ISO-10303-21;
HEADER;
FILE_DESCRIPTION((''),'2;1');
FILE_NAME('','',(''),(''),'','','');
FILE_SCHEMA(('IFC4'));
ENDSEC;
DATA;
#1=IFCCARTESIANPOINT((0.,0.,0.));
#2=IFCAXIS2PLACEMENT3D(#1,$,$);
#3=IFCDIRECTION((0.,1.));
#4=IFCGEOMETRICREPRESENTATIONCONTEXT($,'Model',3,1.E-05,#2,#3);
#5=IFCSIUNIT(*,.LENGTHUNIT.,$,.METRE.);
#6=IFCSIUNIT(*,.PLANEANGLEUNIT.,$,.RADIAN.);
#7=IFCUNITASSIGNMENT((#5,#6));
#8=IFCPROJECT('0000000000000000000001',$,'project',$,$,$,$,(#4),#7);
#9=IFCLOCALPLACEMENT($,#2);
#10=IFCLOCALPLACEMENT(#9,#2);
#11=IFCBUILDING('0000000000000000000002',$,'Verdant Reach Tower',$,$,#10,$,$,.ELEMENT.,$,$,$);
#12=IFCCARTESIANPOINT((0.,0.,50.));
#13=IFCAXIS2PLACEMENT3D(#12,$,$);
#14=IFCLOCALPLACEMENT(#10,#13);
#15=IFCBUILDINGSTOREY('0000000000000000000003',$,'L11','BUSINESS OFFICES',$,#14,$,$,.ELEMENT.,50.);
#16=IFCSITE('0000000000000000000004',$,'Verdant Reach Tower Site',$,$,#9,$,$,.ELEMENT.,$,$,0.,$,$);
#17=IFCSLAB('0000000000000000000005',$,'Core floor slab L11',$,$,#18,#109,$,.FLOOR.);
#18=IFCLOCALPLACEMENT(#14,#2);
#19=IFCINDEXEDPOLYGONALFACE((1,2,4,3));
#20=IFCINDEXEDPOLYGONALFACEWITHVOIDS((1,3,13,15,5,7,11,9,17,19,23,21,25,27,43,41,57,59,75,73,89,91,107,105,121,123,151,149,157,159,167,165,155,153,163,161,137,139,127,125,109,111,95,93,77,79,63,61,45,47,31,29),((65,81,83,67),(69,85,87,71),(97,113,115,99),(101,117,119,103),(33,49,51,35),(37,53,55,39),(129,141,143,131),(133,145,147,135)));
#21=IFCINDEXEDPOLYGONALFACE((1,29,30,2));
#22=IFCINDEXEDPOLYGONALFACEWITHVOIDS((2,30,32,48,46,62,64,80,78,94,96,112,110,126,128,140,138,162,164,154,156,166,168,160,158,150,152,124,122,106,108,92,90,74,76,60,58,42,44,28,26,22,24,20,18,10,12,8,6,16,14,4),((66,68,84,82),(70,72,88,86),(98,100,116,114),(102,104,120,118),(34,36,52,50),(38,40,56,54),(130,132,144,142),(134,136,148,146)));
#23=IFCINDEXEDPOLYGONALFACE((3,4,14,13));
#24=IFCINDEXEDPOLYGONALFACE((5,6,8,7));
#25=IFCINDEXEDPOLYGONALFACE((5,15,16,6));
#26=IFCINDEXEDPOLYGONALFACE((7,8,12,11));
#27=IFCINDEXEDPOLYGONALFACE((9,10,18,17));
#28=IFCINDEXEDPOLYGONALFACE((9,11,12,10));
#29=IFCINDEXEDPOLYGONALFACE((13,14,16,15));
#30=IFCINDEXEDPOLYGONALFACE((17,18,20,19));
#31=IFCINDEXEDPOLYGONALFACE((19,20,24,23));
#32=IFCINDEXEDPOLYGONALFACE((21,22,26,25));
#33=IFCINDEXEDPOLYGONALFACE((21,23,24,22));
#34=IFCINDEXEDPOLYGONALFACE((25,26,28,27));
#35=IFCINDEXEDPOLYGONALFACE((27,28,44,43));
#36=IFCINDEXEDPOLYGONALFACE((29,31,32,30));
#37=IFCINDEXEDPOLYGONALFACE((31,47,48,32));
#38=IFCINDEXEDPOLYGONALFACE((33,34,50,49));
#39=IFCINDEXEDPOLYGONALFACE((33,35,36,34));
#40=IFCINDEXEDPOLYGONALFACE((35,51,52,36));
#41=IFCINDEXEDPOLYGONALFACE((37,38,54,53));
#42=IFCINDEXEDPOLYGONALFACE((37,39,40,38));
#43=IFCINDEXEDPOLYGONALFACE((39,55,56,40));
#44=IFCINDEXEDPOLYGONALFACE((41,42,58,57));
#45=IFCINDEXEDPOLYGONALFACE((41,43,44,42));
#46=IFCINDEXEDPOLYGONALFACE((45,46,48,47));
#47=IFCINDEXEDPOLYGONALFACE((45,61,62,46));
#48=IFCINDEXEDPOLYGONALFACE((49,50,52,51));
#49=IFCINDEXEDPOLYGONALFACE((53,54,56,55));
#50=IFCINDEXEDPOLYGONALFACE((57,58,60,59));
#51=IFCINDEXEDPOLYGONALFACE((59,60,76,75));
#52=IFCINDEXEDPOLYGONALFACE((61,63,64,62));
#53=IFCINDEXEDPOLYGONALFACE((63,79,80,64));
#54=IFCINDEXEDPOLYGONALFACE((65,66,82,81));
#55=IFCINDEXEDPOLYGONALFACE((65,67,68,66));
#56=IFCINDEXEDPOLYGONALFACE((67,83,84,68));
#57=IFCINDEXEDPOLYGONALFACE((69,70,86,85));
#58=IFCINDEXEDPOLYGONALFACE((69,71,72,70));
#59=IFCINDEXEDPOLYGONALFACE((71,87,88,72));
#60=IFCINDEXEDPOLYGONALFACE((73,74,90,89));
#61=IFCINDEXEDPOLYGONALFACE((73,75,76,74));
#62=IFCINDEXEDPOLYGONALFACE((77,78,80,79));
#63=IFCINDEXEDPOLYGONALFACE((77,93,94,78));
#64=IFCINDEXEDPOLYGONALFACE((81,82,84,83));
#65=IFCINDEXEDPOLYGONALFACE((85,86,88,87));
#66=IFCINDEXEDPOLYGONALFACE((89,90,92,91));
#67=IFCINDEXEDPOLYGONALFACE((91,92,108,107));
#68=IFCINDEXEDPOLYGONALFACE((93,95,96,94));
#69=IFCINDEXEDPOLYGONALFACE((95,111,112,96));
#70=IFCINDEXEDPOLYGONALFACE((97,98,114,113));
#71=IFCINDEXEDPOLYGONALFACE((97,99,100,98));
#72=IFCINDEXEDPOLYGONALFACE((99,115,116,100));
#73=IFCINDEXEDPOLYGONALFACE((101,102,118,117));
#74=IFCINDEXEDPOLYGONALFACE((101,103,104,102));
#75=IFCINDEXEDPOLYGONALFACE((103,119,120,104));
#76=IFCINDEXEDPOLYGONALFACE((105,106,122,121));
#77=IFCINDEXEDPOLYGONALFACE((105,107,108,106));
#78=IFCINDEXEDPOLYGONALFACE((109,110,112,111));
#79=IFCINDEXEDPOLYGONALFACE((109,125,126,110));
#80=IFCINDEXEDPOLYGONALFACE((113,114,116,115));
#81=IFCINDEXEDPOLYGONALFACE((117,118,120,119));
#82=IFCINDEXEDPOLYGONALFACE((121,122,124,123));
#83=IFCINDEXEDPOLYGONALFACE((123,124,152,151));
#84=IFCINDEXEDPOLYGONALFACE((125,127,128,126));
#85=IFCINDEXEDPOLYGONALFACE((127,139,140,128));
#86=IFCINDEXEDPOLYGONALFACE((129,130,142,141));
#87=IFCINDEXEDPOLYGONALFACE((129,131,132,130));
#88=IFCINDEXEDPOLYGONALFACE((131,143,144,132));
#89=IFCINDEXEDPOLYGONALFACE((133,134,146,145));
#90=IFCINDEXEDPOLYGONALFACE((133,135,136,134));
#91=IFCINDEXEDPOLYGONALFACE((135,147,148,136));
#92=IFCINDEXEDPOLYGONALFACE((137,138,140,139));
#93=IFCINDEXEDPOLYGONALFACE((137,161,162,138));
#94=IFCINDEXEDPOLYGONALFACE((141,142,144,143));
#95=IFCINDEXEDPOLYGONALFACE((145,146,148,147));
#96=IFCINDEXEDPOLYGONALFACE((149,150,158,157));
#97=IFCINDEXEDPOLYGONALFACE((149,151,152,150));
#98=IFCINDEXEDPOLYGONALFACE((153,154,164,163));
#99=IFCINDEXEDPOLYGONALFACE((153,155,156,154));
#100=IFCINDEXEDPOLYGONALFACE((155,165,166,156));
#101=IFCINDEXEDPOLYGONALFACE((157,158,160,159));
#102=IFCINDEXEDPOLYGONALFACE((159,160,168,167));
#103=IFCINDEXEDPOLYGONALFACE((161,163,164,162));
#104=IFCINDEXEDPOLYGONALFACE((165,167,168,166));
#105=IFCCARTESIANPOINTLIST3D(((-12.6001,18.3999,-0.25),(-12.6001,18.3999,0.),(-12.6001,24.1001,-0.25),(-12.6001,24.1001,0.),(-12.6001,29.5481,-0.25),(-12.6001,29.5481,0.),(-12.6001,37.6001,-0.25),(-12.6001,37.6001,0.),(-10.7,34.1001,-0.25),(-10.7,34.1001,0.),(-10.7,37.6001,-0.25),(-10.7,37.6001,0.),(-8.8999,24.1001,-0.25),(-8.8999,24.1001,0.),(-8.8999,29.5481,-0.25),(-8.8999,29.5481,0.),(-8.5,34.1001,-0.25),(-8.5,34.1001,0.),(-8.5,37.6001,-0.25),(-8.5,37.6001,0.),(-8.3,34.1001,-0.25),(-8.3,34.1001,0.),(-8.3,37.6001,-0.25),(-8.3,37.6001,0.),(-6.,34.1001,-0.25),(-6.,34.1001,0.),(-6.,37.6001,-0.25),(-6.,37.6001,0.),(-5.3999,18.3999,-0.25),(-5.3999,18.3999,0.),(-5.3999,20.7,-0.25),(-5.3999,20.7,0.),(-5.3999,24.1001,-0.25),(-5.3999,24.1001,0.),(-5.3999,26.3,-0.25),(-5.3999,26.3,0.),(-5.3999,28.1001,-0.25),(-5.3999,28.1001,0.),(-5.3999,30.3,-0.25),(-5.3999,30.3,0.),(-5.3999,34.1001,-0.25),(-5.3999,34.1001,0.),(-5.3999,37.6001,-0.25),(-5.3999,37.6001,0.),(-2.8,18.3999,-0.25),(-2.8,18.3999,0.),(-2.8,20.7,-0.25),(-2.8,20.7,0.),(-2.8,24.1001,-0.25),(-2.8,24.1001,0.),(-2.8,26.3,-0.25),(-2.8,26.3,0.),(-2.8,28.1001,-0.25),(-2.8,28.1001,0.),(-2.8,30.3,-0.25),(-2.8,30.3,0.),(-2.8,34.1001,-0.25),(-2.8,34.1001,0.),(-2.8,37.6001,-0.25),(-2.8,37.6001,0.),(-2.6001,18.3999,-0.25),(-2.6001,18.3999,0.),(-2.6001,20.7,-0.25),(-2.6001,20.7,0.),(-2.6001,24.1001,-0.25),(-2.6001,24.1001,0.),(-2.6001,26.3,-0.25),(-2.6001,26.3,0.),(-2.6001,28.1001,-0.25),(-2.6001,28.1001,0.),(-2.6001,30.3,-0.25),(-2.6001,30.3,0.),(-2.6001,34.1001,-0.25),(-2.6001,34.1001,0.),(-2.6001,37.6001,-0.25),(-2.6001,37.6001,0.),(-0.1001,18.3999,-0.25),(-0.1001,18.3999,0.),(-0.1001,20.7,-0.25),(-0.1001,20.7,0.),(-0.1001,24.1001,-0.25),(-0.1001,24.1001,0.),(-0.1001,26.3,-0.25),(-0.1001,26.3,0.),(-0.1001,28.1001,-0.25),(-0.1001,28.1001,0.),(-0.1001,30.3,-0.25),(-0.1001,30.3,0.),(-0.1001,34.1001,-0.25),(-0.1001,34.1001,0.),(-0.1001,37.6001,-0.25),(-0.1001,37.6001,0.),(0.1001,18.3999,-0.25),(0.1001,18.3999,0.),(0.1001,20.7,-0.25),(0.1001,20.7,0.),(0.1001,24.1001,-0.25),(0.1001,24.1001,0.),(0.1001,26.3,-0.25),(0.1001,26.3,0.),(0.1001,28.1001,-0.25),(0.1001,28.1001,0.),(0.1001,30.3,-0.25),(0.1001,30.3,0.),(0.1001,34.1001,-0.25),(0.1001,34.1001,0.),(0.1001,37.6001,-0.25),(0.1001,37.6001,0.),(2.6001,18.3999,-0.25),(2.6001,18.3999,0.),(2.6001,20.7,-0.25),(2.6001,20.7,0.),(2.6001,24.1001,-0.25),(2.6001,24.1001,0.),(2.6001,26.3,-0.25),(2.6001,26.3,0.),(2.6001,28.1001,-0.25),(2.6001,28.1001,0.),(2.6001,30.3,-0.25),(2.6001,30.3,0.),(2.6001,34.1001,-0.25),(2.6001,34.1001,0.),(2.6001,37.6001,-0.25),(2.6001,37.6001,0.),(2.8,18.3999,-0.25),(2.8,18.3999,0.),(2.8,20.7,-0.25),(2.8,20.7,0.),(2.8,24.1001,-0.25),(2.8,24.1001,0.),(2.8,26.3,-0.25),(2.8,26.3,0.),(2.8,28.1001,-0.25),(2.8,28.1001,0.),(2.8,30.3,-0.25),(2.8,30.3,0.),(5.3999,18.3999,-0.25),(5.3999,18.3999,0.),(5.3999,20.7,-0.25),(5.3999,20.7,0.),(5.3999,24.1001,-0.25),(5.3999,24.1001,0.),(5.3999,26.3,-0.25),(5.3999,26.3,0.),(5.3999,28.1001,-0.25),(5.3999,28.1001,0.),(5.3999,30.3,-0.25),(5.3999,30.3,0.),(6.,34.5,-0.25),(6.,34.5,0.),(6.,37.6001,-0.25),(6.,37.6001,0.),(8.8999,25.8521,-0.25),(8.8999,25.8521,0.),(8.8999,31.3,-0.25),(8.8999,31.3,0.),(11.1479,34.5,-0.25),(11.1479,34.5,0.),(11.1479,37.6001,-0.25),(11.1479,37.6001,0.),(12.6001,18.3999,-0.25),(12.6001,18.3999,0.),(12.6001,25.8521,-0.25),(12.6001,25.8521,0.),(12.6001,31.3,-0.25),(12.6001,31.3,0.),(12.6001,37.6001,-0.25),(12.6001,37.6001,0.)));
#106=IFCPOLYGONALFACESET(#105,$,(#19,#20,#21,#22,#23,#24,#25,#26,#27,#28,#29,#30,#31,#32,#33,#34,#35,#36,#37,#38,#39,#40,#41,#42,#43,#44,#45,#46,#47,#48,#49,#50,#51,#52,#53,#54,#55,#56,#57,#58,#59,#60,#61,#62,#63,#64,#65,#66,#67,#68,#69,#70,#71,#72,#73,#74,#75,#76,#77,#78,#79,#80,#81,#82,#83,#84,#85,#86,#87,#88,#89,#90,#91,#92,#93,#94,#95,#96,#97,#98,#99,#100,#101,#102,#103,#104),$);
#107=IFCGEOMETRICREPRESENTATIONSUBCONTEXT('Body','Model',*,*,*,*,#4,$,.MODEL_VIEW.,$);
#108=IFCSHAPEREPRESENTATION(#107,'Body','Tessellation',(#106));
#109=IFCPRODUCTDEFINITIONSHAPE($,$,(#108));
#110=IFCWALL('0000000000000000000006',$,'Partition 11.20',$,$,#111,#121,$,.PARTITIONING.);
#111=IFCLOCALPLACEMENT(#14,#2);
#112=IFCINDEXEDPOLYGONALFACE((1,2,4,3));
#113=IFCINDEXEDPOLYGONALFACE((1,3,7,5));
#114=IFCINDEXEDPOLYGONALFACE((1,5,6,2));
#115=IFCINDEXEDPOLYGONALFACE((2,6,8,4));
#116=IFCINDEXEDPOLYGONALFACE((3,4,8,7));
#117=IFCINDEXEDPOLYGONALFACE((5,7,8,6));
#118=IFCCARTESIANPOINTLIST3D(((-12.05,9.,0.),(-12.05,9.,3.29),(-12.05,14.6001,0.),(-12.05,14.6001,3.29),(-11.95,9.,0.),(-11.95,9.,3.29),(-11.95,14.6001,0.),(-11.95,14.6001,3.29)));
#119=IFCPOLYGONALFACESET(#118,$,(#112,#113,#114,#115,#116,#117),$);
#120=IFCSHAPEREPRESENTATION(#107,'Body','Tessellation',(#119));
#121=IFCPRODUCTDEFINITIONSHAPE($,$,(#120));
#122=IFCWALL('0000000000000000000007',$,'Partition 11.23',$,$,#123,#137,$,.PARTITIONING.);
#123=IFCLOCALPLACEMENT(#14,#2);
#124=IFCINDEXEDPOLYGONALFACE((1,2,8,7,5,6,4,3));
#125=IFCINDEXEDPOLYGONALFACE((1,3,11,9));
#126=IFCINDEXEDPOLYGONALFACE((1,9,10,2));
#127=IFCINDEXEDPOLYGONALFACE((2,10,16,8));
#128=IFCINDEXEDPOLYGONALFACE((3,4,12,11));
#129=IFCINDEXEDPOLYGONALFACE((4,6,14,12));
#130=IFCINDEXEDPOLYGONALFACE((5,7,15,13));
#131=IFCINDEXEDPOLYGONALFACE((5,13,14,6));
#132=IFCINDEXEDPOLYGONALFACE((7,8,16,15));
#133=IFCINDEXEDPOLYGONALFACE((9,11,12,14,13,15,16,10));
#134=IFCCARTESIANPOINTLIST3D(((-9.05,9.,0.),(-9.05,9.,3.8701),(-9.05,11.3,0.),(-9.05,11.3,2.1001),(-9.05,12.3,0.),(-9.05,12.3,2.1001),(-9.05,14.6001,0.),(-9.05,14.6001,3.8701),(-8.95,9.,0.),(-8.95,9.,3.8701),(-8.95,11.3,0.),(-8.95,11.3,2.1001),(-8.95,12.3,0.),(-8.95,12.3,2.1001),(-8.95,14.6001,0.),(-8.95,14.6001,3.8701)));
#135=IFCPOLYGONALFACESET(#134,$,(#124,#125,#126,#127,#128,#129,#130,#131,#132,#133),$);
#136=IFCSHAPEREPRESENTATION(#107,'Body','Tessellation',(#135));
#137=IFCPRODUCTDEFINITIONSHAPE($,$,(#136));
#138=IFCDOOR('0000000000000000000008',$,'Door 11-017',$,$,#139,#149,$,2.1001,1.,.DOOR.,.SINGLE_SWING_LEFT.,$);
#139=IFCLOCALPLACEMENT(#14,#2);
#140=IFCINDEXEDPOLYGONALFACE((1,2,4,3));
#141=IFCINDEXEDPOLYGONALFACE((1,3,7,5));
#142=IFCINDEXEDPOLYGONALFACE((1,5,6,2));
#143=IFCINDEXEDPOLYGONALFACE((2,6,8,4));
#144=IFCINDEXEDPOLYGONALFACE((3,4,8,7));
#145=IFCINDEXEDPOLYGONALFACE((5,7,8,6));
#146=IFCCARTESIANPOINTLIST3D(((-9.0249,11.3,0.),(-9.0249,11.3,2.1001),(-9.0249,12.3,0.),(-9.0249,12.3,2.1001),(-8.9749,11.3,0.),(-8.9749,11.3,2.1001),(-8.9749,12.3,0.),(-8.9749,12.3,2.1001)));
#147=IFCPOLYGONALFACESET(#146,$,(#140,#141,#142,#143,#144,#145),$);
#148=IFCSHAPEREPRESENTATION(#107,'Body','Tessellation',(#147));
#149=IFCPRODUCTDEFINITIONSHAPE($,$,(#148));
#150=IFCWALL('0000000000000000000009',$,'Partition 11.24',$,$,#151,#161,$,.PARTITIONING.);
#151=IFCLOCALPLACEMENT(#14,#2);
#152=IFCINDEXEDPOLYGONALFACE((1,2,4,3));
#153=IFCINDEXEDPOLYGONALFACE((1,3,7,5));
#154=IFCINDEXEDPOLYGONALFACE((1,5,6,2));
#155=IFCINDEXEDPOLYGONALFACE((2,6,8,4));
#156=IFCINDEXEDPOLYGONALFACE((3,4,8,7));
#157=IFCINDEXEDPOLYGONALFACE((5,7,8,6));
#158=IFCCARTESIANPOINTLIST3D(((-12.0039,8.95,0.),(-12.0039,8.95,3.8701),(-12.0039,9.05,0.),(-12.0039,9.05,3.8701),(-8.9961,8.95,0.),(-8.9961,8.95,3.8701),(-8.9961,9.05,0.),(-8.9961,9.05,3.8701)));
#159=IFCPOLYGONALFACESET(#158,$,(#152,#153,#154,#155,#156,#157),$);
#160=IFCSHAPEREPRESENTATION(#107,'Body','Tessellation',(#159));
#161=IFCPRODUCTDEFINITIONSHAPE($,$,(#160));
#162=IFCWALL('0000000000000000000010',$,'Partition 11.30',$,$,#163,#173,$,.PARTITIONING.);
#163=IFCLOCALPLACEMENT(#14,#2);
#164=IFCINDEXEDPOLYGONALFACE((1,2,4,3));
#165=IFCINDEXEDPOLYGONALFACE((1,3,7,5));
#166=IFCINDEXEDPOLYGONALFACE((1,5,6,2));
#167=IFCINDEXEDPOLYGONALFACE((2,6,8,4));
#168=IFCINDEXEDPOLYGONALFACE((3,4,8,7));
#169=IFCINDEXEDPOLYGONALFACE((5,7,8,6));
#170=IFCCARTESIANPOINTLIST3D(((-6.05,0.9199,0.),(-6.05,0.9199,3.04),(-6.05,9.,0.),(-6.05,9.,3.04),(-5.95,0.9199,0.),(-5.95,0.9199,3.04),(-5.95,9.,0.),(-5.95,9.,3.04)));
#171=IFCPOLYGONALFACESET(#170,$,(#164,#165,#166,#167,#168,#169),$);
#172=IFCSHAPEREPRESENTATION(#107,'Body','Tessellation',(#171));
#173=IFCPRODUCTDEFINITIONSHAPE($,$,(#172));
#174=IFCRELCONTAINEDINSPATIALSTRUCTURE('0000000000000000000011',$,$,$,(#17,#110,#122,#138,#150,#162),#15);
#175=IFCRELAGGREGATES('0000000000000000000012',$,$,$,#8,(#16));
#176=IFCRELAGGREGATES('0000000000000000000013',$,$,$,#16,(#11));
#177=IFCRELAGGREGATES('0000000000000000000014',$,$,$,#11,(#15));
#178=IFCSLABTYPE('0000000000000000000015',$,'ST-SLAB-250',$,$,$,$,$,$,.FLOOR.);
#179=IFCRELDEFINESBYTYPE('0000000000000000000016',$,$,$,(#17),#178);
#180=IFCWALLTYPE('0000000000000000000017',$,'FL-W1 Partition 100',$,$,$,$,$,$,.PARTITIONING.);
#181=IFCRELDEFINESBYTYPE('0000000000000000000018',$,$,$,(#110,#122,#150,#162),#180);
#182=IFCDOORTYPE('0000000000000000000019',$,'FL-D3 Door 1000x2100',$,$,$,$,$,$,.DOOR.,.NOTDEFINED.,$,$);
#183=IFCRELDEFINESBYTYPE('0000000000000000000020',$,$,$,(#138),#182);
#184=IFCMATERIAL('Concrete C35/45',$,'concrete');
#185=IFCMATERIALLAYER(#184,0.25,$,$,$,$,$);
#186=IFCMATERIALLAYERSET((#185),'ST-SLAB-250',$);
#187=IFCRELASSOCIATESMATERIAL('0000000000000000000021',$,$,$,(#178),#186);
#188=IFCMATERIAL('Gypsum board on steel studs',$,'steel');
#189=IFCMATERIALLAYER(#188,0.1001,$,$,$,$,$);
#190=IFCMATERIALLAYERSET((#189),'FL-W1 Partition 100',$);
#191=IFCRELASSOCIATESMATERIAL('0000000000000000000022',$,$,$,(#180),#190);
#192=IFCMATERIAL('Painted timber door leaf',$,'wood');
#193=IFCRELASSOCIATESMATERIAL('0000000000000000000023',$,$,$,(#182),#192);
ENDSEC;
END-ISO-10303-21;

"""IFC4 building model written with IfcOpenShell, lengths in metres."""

from ifc_helpers import new_model, si_unit, direction, frame, frame_2d, origin, place, context, subcontext, project, spatial, polyline, rectangle, outline, extrude, material, layer, layer_set, type_object, element, fill, save


model = new_model("IFC4")

# Units and contexts
model_context = context("Model", 3, precision=1e-05, world=origin(), true_north=direction((0.0, 1.0)))
body_context = subcontext(model_context, "Body", "Model", "MODEL_VIEW")
ifc_project = project(units=[si_unit("LENGTHUNIT", "METRE"), si_unit("PLANEANGLEUNIT", "RADIAN")], contexts=[model_context])

# Site, building, storey
site_placement = place(None, origin())
site = spatial("IfcSite", under=ifc_project, at=site_placement, Name="Verdant Reach Tower Site", CompositionType="ELEMENT", RefElevation=0.0)
building_placement = place(site_placement, origin())
building = spatial("IfcBuilding", under=site, at=building_placement, Name="Verdant Reach Tower", CompositionType="ELEMENT")
storey_placement = place(building_placement, frame((0.0, 0.0, 50.0)))
storey = spatial("IfcBuildingStorey", under=building, at=storey_placement, Name="L11", Description="BUSINESS OFFICES", CompositionType="ELEMENT", Elevation=50.0)

# Slab
ifc_material_1 = material(Name="Concrete C35/45", Category="concrete")
ifc_layer_1 = layer(ifc_material_1, 0.25)
ifc_layer_set_1 = layer_set([ifc_layer_1], Name="ST-SLAB-250")
slab_type_1 = type_object("IfcSlabType", Name="ST-SLAB-250", PredefinedType="FLOOR", material=ifc_layer_set_1)
slab_1_placement = place(storey_placement, frame((0.0, 0.0, -0.25)))
element("IfcSlab", 1, at=slab_1_placement, inside=storey, type_object=slab_type_1, Name="Core floor slab L11", PredefinedType="FLOOR", context=body_context, shape_type="SweptSolid", body=[
    extrude(outline(polyline([(12.6001, 18.3999), (5.3999, 18.3999), (5.3999, 20.7), (2.8, 20.7), (2.8, 18.3999), (2.6001, 18.3999), (2.6001, 20.7), (0.1001, 20.7), (0.1001, 18.3999), (-0.1001, 18.3999), (-0.1001, 20.7), (-2.6001, 20.7), (-2.6001, 18.3999), (-2.8, 18.3999), (-2.8, 20.7), (-5.3999, 20.7), (-5.3999, 18.3999), (-12.6001, 18.3999), (-12.6001, 24.1001), (-8.8999, 24.1001), (-8.8999, 29.5481), (-12.6001, 29.5481), (-12.6001, 37.6001), (-10.7, 37.6001), (-10.7, 34.1001), (-8.5, 34.1001), (-8.5, 37.6001), (-8.3, 37.6001), (-8.3, 34.1001), (-6.0, 34.1001), (-6.0, 37.6001), (-5.3999, 37.6001), (-5.3999, 34.1001), (-2.8, 34.1001), (-2.8, 37.6001), (-2.6001, 37.6001), (-2.6001, 34.1001), (-0.1001, 34.1001), (-0.1001, 37.6001), (0.1001, 37.6001), (0.1001, 34.1001), (2.6001, 34.1001), (2.6001, 37.6001), (6.0, 37.6001), (6.0, 34.5), (11.1479, 34.5), (11.1479, 37.6001), (12.6001, 37.6001), (12.6001, 31.3), (8.8999, 31.3), (8.8999, 25.8521), (12.6001, 25.8521), (12.6001, 18.3999)]), holes=[polyline([(-2.8, 24.1001), (-2.8, 26.3), (-5.3999, 26.3), (-5.3999, 24.1001), (-2.8, 24.1001)]), polyline([(-2.6001, 24.1001), (-0.1001, 24.1001), (-0.1001, 26.3), (-2.6001, 26.3), (-2.6001, 24.1001)]), polyline([(-2.8, 28.1001), (-2.8, 30.3), (-5.3999, 30.3), (-5.3999, 28.1001), (-2.8, 28.1001)]), polyline([(-0.1001, 28.1001), (-0.1001, 30.3), (-2.6001, 30.3), (-2.6001, 28.1001), (-0.1001, 28.1001)]), polyline([(2.6001, 24.1001), (2.6001, 26.3), (0.1001, 26.3), (0.1001, 24.1001), (2.6001, 24.1001)]), polyline([(2.8, 24.1001), (5.3999, 24.1001), (5.3999, 26.3), (2.8, 26.3), (2.8, 24.1001)]), polyline([(2.6001, 28.1001), (2.6001, 30.3), (0.1001, 30.3), (0.1001, 28.1001), (2.6001, 28.1001)]), polyline([(5.3999, 28.1001), (5.3999, 30.3), (2.8, 30.3), (2.8, 28.1001), (5.3999, 28.1001)])]), origin(), (0.0, 0.0, 1.0), 0.25),
])

# Wall
ifc_material_2 = material(Name="Gypsum board on steel studs", Category="steel")
ifc_layer_2 = layer(ifc_material_2, 0.1001)
ifc_layer_set_2 = layer_set([ifc_layer_2], Name="FL-W1 Partition 100")
wall_type = type_object("IfcWallType", Name="FL-W1 Partition 100", PredefinedType="PARTITIONING", material=ifc_layer_set_2)
wall_1_placement = place(storey_placement, frame((-12.0, 9.0, 0.0), z_axis=(0.0, 0.0, 1.0), x_axis=(0.0, 1.0, 0.0)))
element("IfcWall", 2, at=wall_1_placement, inside=storey, type_object=wall_type, Name="Partition 11.20", PredefinedType="PARTITIONING", context=body_context, shape_type="SweptSolid", body=[
    extrude(rectangle(XDim=5.6001, YDim=0.1001, at=frame_2d((2.8, 0.0))), origin(), (0.0, 0.0, 1.0), 3.29),
])

# Wall, opening, door
wall_2_placement = place(storey_placement, frame((-9.0, 9.0, 0.0), z_axis=(0.0, 0.0, 1.0), x_axis=(0.0, 1.0, 0.0)))
wall_2 = element("IfcWall", 3, at=wall_2_placement, inside=storey, type_object=wall_type, Name="Partition 11.23", PredefinedType="PARTITIONING", context=body_context, shape_type="SweptSolid", body=[
    extrude(rectangle(XDim=5.6001, YDim=0.1001, at=frame_2d((2.8, 0.0))), origin(), (0.0, 0.0, 1.0), 3.8701),
])
opening_placement = place(wall_2_placement, frame((2.3, 0.0, 0.0)))
opening = element("IfcOpeningElement", 4, at=opening_placement, cuts=wall_2, PredefinedType="OPENING", context=body_context, shape_type="SweptSolid", body=[
    extrude(rectangle(XDim=1.0, YDim=2.1001, at=frame_2d((0.5, 1.05))), frame((0.0, 0.0601, 0.0), z_axis=(0.0, -1.0, 0.0), x_axis=(1.0, 0.0, 0.0)), (0.0, 0.0, 1.0), 0.1201),
])
ifc_material_3 = material(Name="Painted timber door leaf", Category="wood")
door_type = type_object("IfcDoorType", Name="FL-D3 Door 1000x2100", OperationType="NOTDEFINED", PredefinedType="DOOR", material=ifc_material_3)
door_placement = place(opening_placement, origin())
door = element("IfcDoor", 5, at=door_placement, inside=storey, type_object=door_type, Name="Door 11-017", OperationType="SINGLE_SWING_LEFT", OverallHeight=2.1001, OverallWidth=1.0, PredefinedType="DOOR", context=body_context, shape_type="SweptSolid", body=[
    extrude(rectangle(XDim=1.0, YDim=2.1001, at=frame_2d((0.5, 1.05))), frame((0.0, 0.0249, 0.0), z_axis=(0.0, -1.0, 0.0), x_axis=(1.0, 0.0, 0.0)), (0.0, 0.0, 1.0), 0.05),
])
fill(opening, door)

# Walls
wall_3_placement = place(storey_placement, frame((-12.0039, 9.0, 0.0), z_axis=(0.0, 0.0, 1.0), x_axis=(1.0, 0.0, 0.0)))
element("IfcWall", 6, at=wall_3_placement, inside=storey, type_object=wall_type, Name="Partition 11.24", PredefinedType="PARTITIONING", context=body_context, shape_type="SweptSolid", body=[
    extrude(rectangle(XDim=3.0078, YDim=0.1001, at=frame_2d((1.5039, 0.0))), origin(), (0.0, 0.0, 1.0), 3.8701),
])
wall_4_placement = place(storey_placement, frame((-6.0, 0.9199, 0.0), z_axis=(0.0, 0.0, 1.0), x_axis=(0.0, 1.0, 0.0)))
element("IfcWall", 7, at=wall_4_placement, inside=storey, type_object=wall_type, Name="Partition 11.30", PredefinedType="PARTITIONING", context=body_context, shape_type="SweptSolid", body=[
    extrude(rectangle(XDim=8.0801, YDim=0.1001, at=frame_2d((4.04, 0.0))), origin(), (0.0, 0.0, 1.0), 3.04),
])

save(model, "model.ifc")
